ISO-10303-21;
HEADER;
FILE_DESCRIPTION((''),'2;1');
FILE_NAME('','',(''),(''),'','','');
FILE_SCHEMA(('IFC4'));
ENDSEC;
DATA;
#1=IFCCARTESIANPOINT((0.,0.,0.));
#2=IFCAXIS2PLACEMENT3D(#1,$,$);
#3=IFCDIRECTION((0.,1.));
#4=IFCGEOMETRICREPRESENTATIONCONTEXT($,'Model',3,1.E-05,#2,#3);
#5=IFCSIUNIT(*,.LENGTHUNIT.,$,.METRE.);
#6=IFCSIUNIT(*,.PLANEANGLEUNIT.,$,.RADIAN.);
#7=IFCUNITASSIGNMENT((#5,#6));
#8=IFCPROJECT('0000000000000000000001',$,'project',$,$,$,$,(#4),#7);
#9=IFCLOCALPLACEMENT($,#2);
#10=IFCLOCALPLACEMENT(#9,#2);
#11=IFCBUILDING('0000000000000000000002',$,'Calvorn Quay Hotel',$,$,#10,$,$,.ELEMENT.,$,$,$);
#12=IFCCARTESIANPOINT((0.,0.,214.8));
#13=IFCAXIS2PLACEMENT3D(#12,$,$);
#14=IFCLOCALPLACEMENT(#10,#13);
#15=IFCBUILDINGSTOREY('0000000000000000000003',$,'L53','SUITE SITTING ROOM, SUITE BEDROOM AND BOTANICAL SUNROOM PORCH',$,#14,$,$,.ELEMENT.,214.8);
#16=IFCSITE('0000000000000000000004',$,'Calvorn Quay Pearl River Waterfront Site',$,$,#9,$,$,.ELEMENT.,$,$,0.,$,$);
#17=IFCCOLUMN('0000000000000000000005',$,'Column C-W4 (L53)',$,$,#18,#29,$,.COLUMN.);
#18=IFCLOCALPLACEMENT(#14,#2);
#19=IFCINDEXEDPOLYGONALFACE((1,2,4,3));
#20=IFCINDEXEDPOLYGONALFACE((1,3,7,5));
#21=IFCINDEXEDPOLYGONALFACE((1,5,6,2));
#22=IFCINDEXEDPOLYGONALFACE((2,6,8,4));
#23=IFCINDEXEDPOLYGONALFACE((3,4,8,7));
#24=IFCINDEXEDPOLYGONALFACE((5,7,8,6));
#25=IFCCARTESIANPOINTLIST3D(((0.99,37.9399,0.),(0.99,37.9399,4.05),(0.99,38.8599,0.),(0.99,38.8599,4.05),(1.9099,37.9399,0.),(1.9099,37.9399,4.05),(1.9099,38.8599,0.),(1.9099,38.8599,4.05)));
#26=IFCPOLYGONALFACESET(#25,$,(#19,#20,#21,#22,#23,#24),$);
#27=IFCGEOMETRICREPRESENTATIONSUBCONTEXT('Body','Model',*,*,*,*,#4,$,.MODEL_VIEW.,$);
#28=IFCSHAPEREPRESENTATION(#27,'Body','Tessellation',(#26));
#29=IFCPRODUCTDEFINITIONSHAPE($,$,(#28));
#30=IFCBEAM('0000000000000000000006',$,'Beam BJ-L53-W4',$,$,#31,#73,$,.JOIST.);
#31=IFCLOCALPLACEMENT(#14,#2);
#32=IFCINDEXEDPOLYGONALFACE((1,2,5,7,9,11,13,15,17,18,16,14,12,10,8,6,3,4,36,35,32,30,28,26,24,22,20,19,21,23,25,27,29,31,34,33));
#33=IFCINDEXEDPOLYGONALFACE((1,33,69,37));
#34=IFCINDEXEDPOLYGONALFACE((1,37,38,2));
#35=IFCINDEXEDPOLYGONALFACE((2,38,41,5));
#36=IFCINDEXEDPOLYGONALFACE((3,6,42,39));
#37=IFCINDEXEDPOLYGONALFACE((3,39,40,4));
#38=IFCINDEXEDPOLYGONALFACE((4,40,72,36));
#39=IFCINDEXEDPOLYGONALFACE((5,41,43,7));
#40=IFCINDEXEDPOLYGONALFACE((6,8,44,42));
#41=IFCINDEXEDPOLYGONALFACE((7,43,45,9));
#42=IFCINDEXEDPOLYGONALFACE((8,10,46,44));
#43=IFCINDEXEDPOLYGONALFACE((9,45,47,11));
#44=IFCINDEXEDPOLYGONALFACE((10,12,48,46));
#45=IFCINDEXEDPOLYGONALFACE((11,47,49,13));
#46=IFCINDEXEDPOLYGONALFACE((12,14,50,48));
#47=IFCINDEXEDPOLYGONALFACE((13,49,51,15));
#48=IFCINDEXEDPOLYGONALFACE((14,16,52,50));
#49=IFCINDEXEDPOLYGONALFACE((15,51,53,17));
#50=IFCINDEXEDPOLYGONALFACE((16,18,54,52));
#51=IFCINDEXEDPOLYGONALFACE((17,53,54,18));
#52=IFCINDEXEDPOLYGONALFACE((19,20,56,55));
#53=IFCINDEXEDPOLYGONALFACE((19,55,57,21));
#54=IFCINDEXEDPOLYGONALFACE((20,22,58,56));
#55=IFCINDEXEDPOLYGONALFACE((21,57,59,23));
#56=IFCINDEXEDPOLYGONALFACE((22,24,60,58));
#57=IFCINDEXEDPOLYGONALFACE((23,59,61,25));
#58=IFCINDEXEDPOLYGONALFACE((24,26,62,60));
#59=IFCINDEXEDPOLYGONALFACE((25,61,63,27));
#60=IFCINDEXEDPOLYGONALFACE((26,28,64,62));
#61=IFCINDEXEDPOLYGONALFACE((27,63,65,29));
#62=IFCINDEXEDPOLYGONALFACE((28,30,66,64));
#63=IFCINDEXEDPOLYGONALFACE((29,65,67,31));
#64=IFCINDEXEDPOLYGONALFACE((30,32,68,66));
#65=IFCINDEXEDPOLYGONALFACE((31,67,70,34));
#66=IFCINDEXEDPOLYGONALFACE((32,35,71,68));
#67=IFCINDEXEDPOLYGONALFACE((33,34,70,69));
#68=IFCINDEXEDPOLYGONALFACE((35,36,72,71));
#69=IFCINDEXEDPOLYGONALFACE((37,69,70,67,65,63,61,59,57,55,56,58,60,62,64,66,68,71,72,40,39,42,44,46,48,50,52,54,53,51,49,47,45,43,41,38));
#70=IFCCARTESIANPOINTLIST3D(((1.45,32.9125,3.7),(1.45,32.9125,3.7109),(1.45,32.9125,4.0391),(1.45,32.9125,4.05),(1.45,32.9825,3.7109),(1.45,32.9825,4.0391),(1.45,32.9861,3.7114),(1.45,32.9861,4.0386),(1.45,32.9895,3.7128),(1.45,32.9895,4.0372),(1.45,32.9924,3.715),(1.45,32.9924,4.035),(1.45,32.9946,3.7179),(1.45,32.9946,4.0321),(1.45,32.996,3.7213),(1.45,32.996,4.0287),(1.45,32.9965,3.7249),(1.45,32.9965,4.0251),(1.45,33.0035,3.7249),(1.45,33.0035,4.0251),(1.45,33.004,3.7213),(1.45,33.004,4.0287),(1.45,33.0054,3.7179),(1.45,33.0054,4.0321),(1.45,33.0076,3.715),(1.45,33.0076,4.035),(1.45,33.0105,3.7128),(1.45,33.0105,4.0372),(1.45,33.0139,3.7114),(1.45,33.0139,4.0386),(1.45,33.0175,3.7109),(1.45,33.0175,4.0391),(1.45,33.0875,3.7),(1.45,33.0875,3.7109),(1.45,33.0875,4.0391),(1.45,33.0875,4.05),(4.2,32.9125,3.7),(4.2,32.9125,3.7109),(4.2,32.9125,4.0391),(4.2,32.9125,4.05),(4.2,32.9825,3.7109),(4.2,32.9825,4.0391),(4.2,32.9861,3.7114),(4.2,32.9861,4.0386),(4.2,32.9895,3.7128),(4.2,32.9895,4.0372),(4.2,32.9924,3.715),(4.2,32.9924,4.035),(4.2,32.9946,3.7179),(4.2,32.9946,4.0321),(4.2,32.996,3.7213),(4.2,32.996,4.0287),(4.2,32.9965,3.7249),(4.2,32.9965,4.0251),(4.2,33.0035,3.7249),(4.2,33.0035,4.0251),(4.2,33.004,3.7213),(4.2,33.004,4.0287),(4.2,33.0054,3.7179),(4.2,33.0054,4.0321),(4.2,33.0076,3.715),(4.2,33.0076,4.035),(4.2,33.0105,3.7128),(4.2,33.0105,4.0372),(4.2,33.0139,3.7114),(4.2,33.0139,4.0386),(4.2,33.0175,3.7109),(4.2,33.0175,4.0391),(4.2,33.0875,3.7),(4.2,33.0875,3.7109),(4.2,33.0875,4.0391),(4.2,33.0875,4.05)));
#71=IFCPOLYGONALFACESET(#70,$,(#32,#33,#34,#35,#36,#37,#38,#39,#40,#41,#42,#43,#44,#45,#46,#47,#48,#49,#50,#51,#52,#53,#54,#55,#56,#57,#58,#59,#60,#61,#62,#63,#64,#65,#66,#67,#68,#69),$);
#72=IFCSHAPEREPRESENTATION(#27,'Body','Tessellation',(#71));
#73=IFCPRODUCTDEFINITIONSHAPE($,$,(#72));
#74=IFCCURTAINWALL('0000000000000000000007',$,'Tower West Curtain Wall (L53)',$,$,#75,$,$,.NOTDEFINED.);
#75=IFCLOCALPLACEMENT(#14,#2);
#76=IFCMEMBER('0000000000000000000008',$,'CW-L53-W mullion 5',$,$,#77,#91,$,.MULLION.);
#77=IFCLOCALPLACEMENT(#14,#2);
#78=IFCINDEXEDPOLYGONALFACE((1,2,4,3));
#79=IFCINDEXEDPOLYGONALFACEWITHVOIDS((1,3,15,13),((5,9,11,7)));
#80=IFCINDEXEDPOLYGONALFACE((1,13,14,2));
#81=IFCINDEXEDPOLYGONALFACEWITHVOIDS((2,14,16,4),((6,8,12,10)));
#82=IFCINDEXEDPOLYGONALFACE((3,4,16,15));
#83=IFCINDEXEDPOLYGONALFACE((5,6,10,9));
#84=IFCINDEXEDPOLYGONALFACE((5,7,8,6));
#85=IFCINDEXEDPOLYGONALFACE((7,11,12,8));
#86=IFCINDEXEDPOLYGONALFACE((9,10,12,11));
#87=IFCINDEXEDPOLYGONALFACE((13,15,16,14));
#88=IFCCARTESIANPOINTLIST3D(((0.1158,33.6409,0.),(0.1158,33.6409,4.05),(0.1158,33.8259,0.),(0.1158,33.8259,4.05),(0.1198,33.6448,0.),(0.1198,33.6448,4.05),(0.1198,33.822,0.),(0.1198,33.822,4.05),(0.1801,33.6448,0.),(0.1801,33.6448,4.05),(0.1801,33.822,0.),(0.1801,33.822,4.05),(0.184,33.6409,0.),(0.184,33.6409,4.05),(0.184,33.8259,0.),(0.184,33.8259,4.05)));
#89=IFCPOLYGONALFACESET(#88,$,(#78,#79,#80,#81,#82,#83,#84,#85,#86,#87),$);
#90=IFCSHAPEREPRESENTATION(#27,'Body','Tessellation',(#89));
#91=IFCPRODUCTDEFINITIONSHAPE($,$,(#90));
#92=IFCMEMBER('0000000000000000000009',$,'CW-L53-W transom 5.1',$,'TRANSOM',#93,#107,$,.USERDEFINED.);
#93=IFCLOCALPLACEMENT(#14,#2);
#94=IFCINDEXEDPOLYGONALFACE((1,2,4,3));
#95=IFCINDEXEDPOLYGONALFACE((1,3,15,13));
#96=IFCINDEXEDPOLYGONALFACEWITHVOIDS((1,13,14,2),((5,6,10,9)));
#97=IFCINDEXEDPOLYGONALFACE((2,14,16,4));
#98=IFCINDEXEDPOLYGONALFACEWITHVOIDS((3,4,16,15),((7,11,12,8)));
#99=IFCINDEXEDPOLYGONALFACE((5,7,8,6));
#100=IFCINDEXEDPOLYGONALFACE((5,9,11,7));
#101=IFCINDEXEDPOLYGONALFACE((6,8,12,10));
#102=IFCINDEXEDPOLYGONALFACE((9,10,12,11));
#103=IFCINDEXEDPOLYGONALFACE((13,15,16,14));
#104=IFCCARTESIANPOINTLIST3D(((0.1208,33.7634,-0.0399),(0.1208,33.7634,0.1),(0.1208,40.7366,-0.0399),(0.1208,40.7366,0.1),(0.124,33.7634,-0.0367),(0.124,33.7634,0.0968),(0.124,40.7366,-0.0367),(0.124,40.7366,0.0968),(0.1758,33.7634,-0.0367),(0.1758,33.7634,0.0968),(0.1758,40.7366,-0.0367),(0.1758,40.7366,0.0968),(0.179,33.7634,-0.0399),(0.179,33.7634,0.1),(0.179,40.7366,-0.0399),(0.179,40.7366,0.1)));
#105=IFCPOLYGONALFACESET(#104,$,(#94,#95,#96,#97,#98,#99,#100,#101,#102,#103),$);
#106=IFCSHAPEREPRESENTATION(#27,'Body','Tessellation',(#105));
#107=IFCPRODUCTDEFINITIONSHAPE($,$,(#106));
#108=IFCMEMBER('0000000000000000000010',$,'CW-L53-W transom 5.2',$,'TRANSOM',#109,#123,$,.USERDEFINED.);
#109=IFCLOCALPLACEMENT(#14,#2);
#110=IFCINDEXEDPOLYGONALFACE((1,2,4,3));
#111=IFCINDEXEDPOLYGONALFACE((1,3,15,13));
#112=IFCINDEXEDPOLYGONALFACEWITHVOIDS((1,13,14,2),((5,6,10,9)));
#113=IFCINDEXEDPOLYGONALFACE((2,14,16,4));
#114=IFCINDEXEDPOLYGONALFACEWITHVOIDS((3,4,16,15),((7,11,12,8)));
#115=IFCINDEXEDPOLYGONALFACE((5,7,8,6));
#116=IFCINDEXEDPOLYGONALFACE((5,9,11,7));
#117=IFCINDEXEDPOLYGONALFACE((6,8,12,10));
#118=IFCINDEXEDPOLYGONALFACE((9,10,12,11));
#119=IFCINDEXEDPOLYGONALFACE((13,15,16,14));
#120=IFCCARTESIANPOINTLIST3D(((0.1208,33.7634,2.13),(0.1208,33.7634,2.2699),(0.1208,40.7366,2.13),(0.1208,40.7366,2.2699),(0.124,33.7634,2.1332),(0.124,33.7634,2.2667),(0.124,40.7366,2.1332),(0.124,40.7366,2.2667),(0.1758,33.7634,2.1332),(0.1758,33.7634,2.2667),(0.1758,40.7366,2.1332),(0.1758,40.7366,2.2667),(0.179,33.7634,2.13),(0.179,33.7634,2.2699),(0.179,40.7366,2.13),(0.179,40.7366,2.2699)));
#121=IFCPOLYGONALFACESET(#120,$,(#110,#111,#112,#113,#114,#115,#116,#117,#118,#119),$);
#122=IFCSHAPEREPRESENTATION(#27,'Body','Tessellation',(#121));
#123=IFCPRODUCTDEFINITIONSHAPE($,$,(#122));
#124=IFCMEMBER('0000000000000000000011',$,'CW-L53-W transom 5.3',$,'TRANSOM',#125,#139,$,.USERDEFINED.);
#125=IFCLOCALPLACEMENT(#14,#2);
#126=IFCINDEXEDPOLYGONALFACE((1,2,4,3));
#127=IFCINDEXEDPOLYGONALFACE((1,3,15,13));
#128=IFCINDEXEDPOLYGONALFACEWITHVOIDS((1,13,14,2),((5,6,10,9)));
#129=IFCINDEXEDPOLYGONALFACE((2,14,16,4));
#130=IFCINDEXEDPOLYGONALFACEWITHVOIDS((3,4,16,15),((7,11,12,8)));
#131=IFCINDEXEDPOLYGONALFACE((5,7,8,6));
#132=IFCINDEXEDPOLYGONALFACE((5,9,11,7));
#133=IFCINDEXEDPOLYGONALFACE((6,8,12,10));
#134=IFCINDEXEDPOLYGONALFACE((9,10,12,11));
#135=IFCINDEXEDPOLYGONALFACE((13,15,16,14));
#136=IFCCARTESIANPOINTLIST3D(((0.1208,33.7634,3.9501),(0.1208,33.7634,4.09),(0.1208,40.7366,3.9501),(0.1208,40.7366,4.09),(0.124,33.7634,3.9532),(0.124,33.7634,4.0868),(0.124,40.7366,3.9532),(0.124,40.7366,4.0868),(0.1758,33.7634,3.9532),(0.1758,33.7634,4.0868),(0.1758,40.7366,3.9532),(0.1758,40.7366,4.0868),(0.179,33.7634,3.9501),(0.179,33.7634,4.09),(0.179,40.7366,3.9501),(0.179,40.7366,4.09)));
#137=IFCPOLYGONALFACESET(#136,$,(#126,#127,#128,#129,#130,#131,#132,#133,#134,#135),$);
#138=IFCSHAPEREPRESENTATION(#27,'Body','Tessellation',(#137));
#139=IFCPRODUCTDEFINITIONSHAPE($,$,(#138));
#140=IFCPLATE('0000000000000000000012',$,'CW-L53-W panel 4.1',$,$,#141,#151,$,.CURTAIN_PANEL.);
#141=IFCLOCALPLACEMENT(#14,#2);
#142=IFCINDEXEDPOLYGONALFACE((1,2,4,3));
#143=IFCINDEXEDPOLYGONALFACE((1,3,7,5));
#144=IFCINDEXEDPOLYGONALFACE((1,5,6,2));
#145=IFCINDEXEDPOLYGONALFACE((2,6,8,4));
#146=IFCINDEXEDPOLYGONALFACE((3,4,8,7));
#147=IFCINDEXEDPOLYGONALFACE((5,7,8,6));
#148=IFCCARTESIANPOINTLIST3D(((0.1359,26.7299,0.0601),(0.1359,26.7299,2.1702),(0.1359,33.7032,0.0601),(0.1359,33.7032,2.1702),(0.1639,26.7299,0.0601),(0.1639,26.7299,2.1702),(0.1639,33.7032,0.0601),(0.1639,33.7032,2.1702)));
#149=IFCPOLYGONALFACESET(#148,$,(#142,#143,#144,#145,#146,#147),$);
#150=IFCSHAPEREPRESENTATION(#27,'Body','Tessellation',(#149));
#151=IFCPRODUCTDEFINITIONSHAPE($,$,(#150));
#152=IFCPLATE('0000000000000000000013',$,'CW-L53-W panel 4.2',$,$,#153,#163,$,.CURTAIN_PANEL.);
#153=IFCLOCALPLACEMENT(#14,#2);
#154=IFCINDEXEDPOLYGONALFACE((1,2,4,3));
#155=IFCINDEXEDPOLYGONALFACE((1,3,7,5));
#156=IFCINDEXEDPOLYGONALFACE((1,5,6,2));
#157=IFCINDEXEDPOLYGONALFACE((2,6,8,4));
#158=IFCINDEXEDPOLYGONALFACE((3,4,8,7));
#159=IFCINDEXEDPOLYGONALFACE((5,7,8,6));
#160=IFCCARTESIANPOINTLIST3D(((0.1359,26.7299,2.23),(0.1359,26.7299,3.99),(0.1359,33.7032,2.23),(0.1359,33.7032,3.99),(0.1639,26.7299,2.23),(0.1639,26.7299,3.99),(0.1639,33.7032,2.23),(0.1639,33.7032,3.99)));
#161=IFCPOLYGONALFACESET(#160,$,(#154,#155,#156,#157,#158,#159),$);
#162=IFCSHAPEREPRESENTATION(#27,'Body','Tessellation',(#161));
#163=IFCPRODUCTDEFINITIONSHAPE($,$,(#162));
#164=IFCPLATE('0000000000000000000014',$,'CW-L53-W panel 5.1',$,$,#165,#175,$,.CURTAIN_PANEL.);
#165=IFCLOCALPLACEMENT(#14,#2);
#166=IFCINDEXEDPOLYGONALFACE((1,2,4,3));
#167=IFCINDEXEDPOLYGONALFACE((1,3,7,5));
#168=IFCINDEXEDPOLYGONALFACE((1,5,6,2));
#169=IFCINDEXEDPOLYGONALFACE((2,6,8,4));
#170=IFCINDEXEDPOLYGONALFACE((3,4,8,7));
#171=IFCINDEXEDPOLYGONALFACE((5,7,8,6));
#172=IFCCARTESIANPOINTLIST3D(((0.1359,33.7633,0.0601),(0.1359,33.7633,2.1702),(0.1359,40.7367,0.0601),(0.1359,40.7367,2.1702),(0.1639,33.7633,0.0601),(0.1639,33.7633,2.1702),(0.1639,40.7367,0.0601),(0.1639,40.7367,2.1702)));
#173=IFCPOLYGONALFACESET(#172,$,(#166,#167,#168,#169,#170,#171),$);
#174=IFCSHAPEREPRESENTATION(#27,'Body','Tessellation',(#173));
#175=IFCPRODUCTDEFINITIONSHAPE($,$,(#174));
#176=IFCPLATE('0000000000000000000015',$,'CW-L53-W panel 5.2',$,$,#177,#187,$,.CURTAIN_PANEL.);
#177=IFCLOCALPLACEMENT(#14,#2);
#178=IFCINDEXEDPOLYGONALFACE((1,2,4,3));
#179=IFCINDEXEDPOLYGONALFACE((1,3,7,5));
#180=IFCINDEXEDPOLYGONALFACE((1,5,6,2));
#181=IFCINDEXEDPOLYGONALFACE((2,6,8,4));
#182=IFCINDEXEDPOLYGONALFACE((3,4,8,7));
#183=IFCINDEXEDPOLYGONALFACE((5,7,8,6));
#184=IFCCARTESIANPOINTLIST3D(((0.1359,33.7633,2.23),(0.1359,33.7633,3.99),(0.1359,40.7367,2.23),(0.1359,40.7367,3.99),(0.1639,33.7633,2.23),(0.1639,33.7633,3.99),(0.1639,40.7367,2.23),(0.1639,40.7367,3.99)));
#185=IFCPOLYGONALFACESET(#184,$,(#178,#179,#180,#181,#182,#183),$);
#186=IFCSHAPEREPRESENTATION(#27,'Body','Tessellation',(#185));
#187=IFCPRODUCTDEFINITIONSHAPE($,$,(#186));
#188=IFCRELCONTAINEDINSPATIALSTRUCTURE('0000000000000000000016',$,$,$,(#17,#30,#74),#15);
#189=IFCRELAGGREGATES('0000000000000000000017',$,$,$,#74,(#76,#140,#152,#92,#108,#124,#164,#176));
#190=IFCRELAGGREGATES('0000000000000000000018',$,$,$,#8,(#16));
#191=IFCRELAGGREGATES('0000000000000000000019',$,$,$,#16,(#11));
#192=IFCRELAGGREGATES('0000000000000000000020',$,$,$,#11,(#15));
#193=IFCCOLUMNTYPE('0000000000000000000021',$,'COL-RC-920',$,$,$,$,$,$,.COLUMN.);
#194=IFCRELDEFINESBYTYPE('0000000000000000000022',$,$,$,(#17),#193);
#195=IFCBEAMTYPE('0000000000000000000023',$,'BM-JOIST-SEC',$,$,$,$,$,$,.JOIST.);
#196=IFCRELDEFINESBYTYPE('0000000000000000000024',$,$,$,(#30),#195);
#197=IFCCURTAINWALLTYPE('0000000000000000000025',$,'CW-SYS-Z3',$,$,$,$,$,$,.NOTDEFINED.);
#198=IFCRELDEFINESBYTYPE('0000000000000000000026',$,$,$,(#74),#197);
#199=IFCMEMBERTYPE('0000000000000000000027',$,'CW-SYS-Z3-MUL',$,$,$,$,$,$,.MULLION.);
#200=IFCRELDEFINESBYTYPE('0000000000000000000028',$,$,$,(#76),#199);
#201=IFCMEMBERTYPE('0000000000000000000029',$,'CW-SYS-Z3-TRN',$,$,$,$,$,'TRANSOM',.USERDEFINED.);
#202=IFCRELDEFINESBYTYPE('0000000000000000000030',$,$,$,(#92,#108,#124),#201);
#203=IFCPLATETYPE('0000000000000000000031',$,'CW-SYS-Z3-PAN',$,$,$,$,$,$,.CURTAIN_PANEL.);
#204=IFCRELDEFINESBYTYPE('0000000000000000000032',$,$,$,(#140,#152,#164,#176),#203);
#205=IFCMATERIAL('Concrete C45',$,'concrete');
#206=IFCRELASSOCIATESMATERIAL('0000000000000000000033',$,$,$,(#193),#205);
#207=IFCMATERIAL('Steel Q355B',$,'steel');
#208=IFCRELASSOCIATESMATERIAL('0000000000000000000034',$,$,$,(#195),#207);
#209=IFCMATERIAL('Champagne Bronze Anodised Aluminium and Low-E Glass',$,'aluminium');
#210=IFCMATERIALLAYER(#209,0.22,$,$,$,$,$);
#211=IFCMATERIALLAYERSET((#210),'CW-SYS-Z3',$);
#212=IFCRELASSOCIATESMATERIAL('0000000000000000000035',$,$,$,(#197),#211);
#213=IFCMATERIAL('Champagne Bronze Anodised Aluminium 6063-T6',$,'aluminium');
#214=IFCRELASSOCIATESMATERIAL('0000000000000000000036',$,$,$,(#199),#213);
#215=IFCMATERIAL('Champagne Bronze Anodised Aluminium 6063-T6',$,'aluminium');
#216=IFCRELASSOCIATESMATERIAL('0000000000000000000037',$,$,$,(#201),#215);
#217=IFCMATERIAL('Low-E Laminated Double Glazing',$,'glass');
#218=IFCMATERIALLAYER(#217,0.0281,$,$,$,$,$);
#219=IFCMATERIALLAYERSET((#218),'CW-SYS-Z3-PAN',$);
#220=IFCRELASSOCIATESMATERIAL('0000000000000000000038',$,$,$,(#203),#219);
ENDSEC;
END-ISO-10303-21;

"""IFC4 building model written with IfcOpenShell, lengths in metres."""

from ifc_helpers import new_model, si_unit, direction, frame, origin, origin_2d, place, context, subcontext, project, spatial, rectangle, hollow_rectangle, i_section, extrude, material, layer, layer_set, material_profile, profile_set, type_object, element, aggregate, save


model = new_model("IFC4")

# Units and contexts
model_context = context("Model", 3, precision=1e-05, world=origin(), true_north=direction((0.0, 1.0)))
body_context = subcontext(model_context, "Body", "Model", "MODEL_VIEW")
ifc_project = project(units=[si_unit("LENGTHUNIT", "METRE"), si_unit("PLANEANGLEUNIT", "RADIAN")], contexts=[model_context])

# Site, building, storey
site_placement = place(None, origin())
site = spatial("IfcSite", under=ifc_project, at=site_placement, Name="Calvorn Quay Pearl River Waterfront Site", CompositionType="ELEMENT", RefElevation=0.0)
building_placement = place(site_placement, origin())
building = spatial("IfcBuilding", under=site, at=building_placement, Name="Calvorn Quay Hotel", CompositionType="ELEMENT")
storey_placement = place(building_placement, frame((0.0, 0.0, 214.8)))
storey = spatial("IfcBuildingStorey", under=building, at=storey_placement, Name="L53", Description="SUITE SITTING ROOM, SUITE BEDROOM AND BOTANICAL SUNROOM PORCH", CompositionType="ELEMENT", Elevation=214.8)

# Column
ifc_material_1 = material(Name="Concrete C45", Category="concrete")
ifc_material_profile_1 = material_profile(ifc_material_1, rectangle(XDim=0.9199, YDim=0.9199, at=origin_2d()), Name="RC920x920")
ifc_profile_set_1 = profile_set([ifc_material_profile_1], Name="Concrete C45")
column_type = type_object("IfcColumnType", Name="COL-RC-920", PredefinedType="COLUMN", material=ifc_profile_set_1)
column_placement = place(storey_placement, frame((1.45, 38.3999, 0.0), z_axis=(0.0, 0.0, 1.0), x_axis=(1.0, 0.0, 0.0)))
element("IfcColumn", 1, at=column_placement, inside=storey, type_object=column_type, Name="Column C-W4 (L53)", PredefinedType="COLUMN", context=body_context, shape_type="SweptSolid", body=[
    extrude(rectangle(XDim=0.9199, YDim=0.9199, at=origin_2d()), origin(), (0.0, 0.0, 1.0), 4.05),
])

# Beam
ifc_material_2 = material(Name="Steel Q355B", Category="steel")
ifc_material_profile_2 = material_profile(ifc_material_2, i_section(OverallWidth=0.175, OverallDepth=0.3501, WebThickness=0.0071, FlangeThickness=0.011, FilletRadius=0.0139, at=origin_2d()), Name="HN350x175x7x11")
ifc_profile_set_2 = profile_set([ifc_material_profile_2], Name="Steel Q355B")
beam_type = type_object("IfcBeamType", Name="BM-JOIST-SEC", PredefinedType="JOIST", material=ifc_profile_set_2)
beam_placement = place(storey_placement, frame((1.45, 33.0, 3.875), z_axis=(1.0, 0.0, 0.0), x_axis=(0.0, 1.0, 0.0)))
element("IfcBeam", 2, at=beam_placement, inside=storey, type_object=beam_type, Name="Beam BJ-L53-W4", PredefinedType="JOIST", context=body_context, shape_type="SweptSolid", body=[
    extrude(i_section(OverallWidth=0.175, OverallDepth=0.3501, WebThickness=0.0071, FlangeThickness=0.011, FilletRadius=0.0139, at=origin_2d()), origin(), (0.0, 0.0, 1.0), 2.75),
])

# Curtain wall, members, plates
ifc_material_3 = material(Name="Champagne Bronze Anodised Aluminium and Low-E Glass", Category="aluminium")
ifc_layer_1 = layer(ifc_material_3, 0.22)
ifc_layer_set_1 = layer_set([ifc_layer_1], Name="CW-SYS-Z3")
curtain_wall_type = type_object("IfcCurtainWallType", Name="CW-SYS-Z3", PredefinedType="NOTDEFINED", material=ifc_layer_set_1)
curtain_wall_placement = place(storey_placement, origin())
curtain_wall = element("IfcCurtainWall", 3, at=curtain_wall_placement, inside=storey, type_object=curtain_wall_type, Name="Tower West Curtain Wall (L53)", PredefinedType="NOTDEFINED")
ifc_material_4 = material(Name="Champagne Bronze Anodised Aluminium 6063-T6", Category="aluminium")
ifc_material_profile_3 = material_profile(ifc_material_4, hollow_rectangle(XDim=0.0681, YDim=0.1851, WallThickness=0.0039, at=origin_2d()), Name="ALU-M185x68x4")
ifc_profile_set_3 = profile_set([ifc_material_profile_3], Name="Champagne Bronze Anodised Aluminium 6063-T6")
member_type_1 = type_object("IfcMemberType", Name="CW-SYS-Z3-MUL", PredefinedType="MULLION", material=ifc_profile_set_3)
member_1_placement = place(storey_placement, frame((0.1499, 33.7334, 0.0), z_axis=(0.0, 0.0, 1.0), x_axis=(-1.0, 0.0, 0.0)))
member_1 = element("IfcMember", 4, at=member_1_placement, type_object=member_type_1, Name="CW-L53-W mullion 5", PredefinedType="MULLION", context=body_context, shape_type="SweptSolid", body=[
    extrude(hollow_rectangle(XDim=0.0681, YDim=0.1851, WallThickness=0.0039, at=origin_2d()), origin(), (0.0, 0.0, 1.0), 4.05),
])
ifc_material_5 = material(Name="Champagne Bronze Anodised Aluminium 6063-T6", Category="aluminium")
ifc_material_profile_4 = material_profile(ifc_material_5, hollow_rectangle(XDim=0.0581, YDim=0.1399, WallThickness=0.0032, at=origin_2d()), Name="ALU-T140x58x3.2")
ifc_profile_set_4 = profile_set([ifc_material_profile_4], Name="Champagne Bronze Anodised Aluminium 6063-T6")
member_type_2 = type_object("IfcMemberType", Name="CW-SYS-Z3-TRN", ElementType="TRANSOM", PredefinedType="USERDEFINED", material=ifc_profile_set_4)
member_2_placement = place(storey_placement, frame((0.1499, 33.7634, 0.03), z_axis=(0.0, 1.0, 0.0), x_axis=(-1.0, 0.0, 0.0)))
member_2 = element("IfcMember", 5, at=member_2_placement, type_object=member_type_2, Name="CW-L53-W transom 5.1", ObjectType="TRANSOM", PredefinedType="USERDEFINED", context=body_context, shape_type="SweptSolid", body=[
    extrude(hollow_rectangle(XDim=0.0581, YDim=0.1399, WallThickness=0.0032, at=origin_2d()), origin(), (0.0, 0.0, 1.0), 6.9731),
])
member_3_placement = place(storey_placement, frame((0.1499, 33.7634, 2.2), z_axis=(0.0, 1.0, 0.0), x_axis=(-1.0, 0.0, 0.0)))
member_3 = element("IfcMember", 6, at=member_3_placement, type_object=member_type_2, Name="CW-L53-W transom 5.2", ObjectType="TRANSOM", PredefinedType="USERDEFINED", context=body_context, shape_type="SweptSolid", body=[
    extrude(hollow_rectangle(XDim=0.0581, YDim=0.1399, WallThickness=0.0032, at=origin_2d()), origin(), (0.0, 0.0, 1.0), 6.9731),
])
member_4_placement = place(storey_placement, frame((0.1499, 33.7634, 4.02), z_axis=(0.0, 1.0, 0.0), x_axis=(-1.0, 0.0, 0.0)))
member_4 = element("IfcMember", 7, at=member_4_placement, type_object=member_type_2, Name="CW-L53-W transom 5.3", ObjectType="TRANSOM", PredefinedType="USERDEFINED", context=body_context, shape_type="SweptSolid", body=[
    extrude(hollow_rectangle(XDim=0.0581, YDim=0.1399, WallThickness=0.0032, at=origin_2d()), origin(), (0.0, 0.0, 1.0), 6.9731),
])
ifc_material_6 = material(Name="Low-E Laminated Double Glazing", Category="glass")
ifc_layer_2 = layer(ifc_material_6, 0.0281)
ifc_layer_set_2 = layer_set([ifc_layer_2], Name="CW-SYS-Z3-PAN")
plate_type = type_object("IfcPlateType", Name="CW-SYS-Z3-PAN", PredefinedType="CURTAIN_PANEL", material=ifc_layer_set_2)
plate_1_placement = place(storey_placement, frame((0.1499, 30.2166, 0.0601), z_axis=(0.0, 0.0, 1.0), x_axis=(0.0, 1.0, 0.0)))
plate_1 = element("IfcPlate", 8, at=plate_1_placement, type_object=plate_type, Name="CW-L53-W panel 4.1", PredefinedType="CURTAIN_PANEL", context=body_context, shape_type="SweptSolid", body=[
    extrude(rectangle(XDim=6.9734, YDim=0.0281, at=origin_2d()), origin(), (0.0, 0.0, 1.0), 2.1101),
])
plate_2_placement = place(storey_placement, frame((0.1499, 30.2166, 2.23), z_axis=(0.0, 0.0, 1.0), x_axis=(0.0, 1.0, 0.0)))
plate_2 = element("IfcPlate", 9, at=plate_2_placement, type_object=plate_type, Name="CW-L53-W panel 4.2", PredefinedType="CURTAIN_PANEL", context=body_context, shape_type="SweptSolid", body=[
    extrude(rectangle(XDim=6.9734, YDim=0.0281, at=origin_2d()), origin(), (0.0, 0.0, 1.0), 1.76),
])
plate_3_placement = place(storey_placement, frame((0.1499, 37.25, 0.0601), z_axis=(0.0, 0.0, 1.0), x_axis=(0.0, 1.0, 0.0)))
plate_3 = element("IfcPlate", 10, at=plate_3_placement, type_object=plate_type, Name="CW-L53-W panel 5.1", PredefinedType="CURTAIN_PANEL", context=body_context, shape_type="SweptSolid", body=[
    extrude(rectangle(XDim=6.9734, YDim=0.0281, at=origin_2d()), origin(), (0.0, 0.0, 1.0), 2.1101),
])
plate_4_placement = place(storey_placement, frame((0.1499, 37.25, 2.23), z_axis=(0.0, 0.0, 1.0), x_axis=(0.0, 1.0, 0.0)))
plate_4 = element("IfcPlate", 11, at=plate_4_placement, type_object=plate_type, Name="CW-L53-W panel 5.2", PredefinedType="CURTAIN_PANEL", context=body_context, shape_type="SweptSolid", body=[
    extrude(rectangle(XDim=6.9734, YDim=0.0281, at=origin_2d()), origin(), (0.0, 0.0, 1.0), 1.76),
])
aggregate(curtain_wall, [member_1, plate_1, plate_2, member_2, member_3, member_4, plate_3, plate_4])

save(model, "model.ifc")
